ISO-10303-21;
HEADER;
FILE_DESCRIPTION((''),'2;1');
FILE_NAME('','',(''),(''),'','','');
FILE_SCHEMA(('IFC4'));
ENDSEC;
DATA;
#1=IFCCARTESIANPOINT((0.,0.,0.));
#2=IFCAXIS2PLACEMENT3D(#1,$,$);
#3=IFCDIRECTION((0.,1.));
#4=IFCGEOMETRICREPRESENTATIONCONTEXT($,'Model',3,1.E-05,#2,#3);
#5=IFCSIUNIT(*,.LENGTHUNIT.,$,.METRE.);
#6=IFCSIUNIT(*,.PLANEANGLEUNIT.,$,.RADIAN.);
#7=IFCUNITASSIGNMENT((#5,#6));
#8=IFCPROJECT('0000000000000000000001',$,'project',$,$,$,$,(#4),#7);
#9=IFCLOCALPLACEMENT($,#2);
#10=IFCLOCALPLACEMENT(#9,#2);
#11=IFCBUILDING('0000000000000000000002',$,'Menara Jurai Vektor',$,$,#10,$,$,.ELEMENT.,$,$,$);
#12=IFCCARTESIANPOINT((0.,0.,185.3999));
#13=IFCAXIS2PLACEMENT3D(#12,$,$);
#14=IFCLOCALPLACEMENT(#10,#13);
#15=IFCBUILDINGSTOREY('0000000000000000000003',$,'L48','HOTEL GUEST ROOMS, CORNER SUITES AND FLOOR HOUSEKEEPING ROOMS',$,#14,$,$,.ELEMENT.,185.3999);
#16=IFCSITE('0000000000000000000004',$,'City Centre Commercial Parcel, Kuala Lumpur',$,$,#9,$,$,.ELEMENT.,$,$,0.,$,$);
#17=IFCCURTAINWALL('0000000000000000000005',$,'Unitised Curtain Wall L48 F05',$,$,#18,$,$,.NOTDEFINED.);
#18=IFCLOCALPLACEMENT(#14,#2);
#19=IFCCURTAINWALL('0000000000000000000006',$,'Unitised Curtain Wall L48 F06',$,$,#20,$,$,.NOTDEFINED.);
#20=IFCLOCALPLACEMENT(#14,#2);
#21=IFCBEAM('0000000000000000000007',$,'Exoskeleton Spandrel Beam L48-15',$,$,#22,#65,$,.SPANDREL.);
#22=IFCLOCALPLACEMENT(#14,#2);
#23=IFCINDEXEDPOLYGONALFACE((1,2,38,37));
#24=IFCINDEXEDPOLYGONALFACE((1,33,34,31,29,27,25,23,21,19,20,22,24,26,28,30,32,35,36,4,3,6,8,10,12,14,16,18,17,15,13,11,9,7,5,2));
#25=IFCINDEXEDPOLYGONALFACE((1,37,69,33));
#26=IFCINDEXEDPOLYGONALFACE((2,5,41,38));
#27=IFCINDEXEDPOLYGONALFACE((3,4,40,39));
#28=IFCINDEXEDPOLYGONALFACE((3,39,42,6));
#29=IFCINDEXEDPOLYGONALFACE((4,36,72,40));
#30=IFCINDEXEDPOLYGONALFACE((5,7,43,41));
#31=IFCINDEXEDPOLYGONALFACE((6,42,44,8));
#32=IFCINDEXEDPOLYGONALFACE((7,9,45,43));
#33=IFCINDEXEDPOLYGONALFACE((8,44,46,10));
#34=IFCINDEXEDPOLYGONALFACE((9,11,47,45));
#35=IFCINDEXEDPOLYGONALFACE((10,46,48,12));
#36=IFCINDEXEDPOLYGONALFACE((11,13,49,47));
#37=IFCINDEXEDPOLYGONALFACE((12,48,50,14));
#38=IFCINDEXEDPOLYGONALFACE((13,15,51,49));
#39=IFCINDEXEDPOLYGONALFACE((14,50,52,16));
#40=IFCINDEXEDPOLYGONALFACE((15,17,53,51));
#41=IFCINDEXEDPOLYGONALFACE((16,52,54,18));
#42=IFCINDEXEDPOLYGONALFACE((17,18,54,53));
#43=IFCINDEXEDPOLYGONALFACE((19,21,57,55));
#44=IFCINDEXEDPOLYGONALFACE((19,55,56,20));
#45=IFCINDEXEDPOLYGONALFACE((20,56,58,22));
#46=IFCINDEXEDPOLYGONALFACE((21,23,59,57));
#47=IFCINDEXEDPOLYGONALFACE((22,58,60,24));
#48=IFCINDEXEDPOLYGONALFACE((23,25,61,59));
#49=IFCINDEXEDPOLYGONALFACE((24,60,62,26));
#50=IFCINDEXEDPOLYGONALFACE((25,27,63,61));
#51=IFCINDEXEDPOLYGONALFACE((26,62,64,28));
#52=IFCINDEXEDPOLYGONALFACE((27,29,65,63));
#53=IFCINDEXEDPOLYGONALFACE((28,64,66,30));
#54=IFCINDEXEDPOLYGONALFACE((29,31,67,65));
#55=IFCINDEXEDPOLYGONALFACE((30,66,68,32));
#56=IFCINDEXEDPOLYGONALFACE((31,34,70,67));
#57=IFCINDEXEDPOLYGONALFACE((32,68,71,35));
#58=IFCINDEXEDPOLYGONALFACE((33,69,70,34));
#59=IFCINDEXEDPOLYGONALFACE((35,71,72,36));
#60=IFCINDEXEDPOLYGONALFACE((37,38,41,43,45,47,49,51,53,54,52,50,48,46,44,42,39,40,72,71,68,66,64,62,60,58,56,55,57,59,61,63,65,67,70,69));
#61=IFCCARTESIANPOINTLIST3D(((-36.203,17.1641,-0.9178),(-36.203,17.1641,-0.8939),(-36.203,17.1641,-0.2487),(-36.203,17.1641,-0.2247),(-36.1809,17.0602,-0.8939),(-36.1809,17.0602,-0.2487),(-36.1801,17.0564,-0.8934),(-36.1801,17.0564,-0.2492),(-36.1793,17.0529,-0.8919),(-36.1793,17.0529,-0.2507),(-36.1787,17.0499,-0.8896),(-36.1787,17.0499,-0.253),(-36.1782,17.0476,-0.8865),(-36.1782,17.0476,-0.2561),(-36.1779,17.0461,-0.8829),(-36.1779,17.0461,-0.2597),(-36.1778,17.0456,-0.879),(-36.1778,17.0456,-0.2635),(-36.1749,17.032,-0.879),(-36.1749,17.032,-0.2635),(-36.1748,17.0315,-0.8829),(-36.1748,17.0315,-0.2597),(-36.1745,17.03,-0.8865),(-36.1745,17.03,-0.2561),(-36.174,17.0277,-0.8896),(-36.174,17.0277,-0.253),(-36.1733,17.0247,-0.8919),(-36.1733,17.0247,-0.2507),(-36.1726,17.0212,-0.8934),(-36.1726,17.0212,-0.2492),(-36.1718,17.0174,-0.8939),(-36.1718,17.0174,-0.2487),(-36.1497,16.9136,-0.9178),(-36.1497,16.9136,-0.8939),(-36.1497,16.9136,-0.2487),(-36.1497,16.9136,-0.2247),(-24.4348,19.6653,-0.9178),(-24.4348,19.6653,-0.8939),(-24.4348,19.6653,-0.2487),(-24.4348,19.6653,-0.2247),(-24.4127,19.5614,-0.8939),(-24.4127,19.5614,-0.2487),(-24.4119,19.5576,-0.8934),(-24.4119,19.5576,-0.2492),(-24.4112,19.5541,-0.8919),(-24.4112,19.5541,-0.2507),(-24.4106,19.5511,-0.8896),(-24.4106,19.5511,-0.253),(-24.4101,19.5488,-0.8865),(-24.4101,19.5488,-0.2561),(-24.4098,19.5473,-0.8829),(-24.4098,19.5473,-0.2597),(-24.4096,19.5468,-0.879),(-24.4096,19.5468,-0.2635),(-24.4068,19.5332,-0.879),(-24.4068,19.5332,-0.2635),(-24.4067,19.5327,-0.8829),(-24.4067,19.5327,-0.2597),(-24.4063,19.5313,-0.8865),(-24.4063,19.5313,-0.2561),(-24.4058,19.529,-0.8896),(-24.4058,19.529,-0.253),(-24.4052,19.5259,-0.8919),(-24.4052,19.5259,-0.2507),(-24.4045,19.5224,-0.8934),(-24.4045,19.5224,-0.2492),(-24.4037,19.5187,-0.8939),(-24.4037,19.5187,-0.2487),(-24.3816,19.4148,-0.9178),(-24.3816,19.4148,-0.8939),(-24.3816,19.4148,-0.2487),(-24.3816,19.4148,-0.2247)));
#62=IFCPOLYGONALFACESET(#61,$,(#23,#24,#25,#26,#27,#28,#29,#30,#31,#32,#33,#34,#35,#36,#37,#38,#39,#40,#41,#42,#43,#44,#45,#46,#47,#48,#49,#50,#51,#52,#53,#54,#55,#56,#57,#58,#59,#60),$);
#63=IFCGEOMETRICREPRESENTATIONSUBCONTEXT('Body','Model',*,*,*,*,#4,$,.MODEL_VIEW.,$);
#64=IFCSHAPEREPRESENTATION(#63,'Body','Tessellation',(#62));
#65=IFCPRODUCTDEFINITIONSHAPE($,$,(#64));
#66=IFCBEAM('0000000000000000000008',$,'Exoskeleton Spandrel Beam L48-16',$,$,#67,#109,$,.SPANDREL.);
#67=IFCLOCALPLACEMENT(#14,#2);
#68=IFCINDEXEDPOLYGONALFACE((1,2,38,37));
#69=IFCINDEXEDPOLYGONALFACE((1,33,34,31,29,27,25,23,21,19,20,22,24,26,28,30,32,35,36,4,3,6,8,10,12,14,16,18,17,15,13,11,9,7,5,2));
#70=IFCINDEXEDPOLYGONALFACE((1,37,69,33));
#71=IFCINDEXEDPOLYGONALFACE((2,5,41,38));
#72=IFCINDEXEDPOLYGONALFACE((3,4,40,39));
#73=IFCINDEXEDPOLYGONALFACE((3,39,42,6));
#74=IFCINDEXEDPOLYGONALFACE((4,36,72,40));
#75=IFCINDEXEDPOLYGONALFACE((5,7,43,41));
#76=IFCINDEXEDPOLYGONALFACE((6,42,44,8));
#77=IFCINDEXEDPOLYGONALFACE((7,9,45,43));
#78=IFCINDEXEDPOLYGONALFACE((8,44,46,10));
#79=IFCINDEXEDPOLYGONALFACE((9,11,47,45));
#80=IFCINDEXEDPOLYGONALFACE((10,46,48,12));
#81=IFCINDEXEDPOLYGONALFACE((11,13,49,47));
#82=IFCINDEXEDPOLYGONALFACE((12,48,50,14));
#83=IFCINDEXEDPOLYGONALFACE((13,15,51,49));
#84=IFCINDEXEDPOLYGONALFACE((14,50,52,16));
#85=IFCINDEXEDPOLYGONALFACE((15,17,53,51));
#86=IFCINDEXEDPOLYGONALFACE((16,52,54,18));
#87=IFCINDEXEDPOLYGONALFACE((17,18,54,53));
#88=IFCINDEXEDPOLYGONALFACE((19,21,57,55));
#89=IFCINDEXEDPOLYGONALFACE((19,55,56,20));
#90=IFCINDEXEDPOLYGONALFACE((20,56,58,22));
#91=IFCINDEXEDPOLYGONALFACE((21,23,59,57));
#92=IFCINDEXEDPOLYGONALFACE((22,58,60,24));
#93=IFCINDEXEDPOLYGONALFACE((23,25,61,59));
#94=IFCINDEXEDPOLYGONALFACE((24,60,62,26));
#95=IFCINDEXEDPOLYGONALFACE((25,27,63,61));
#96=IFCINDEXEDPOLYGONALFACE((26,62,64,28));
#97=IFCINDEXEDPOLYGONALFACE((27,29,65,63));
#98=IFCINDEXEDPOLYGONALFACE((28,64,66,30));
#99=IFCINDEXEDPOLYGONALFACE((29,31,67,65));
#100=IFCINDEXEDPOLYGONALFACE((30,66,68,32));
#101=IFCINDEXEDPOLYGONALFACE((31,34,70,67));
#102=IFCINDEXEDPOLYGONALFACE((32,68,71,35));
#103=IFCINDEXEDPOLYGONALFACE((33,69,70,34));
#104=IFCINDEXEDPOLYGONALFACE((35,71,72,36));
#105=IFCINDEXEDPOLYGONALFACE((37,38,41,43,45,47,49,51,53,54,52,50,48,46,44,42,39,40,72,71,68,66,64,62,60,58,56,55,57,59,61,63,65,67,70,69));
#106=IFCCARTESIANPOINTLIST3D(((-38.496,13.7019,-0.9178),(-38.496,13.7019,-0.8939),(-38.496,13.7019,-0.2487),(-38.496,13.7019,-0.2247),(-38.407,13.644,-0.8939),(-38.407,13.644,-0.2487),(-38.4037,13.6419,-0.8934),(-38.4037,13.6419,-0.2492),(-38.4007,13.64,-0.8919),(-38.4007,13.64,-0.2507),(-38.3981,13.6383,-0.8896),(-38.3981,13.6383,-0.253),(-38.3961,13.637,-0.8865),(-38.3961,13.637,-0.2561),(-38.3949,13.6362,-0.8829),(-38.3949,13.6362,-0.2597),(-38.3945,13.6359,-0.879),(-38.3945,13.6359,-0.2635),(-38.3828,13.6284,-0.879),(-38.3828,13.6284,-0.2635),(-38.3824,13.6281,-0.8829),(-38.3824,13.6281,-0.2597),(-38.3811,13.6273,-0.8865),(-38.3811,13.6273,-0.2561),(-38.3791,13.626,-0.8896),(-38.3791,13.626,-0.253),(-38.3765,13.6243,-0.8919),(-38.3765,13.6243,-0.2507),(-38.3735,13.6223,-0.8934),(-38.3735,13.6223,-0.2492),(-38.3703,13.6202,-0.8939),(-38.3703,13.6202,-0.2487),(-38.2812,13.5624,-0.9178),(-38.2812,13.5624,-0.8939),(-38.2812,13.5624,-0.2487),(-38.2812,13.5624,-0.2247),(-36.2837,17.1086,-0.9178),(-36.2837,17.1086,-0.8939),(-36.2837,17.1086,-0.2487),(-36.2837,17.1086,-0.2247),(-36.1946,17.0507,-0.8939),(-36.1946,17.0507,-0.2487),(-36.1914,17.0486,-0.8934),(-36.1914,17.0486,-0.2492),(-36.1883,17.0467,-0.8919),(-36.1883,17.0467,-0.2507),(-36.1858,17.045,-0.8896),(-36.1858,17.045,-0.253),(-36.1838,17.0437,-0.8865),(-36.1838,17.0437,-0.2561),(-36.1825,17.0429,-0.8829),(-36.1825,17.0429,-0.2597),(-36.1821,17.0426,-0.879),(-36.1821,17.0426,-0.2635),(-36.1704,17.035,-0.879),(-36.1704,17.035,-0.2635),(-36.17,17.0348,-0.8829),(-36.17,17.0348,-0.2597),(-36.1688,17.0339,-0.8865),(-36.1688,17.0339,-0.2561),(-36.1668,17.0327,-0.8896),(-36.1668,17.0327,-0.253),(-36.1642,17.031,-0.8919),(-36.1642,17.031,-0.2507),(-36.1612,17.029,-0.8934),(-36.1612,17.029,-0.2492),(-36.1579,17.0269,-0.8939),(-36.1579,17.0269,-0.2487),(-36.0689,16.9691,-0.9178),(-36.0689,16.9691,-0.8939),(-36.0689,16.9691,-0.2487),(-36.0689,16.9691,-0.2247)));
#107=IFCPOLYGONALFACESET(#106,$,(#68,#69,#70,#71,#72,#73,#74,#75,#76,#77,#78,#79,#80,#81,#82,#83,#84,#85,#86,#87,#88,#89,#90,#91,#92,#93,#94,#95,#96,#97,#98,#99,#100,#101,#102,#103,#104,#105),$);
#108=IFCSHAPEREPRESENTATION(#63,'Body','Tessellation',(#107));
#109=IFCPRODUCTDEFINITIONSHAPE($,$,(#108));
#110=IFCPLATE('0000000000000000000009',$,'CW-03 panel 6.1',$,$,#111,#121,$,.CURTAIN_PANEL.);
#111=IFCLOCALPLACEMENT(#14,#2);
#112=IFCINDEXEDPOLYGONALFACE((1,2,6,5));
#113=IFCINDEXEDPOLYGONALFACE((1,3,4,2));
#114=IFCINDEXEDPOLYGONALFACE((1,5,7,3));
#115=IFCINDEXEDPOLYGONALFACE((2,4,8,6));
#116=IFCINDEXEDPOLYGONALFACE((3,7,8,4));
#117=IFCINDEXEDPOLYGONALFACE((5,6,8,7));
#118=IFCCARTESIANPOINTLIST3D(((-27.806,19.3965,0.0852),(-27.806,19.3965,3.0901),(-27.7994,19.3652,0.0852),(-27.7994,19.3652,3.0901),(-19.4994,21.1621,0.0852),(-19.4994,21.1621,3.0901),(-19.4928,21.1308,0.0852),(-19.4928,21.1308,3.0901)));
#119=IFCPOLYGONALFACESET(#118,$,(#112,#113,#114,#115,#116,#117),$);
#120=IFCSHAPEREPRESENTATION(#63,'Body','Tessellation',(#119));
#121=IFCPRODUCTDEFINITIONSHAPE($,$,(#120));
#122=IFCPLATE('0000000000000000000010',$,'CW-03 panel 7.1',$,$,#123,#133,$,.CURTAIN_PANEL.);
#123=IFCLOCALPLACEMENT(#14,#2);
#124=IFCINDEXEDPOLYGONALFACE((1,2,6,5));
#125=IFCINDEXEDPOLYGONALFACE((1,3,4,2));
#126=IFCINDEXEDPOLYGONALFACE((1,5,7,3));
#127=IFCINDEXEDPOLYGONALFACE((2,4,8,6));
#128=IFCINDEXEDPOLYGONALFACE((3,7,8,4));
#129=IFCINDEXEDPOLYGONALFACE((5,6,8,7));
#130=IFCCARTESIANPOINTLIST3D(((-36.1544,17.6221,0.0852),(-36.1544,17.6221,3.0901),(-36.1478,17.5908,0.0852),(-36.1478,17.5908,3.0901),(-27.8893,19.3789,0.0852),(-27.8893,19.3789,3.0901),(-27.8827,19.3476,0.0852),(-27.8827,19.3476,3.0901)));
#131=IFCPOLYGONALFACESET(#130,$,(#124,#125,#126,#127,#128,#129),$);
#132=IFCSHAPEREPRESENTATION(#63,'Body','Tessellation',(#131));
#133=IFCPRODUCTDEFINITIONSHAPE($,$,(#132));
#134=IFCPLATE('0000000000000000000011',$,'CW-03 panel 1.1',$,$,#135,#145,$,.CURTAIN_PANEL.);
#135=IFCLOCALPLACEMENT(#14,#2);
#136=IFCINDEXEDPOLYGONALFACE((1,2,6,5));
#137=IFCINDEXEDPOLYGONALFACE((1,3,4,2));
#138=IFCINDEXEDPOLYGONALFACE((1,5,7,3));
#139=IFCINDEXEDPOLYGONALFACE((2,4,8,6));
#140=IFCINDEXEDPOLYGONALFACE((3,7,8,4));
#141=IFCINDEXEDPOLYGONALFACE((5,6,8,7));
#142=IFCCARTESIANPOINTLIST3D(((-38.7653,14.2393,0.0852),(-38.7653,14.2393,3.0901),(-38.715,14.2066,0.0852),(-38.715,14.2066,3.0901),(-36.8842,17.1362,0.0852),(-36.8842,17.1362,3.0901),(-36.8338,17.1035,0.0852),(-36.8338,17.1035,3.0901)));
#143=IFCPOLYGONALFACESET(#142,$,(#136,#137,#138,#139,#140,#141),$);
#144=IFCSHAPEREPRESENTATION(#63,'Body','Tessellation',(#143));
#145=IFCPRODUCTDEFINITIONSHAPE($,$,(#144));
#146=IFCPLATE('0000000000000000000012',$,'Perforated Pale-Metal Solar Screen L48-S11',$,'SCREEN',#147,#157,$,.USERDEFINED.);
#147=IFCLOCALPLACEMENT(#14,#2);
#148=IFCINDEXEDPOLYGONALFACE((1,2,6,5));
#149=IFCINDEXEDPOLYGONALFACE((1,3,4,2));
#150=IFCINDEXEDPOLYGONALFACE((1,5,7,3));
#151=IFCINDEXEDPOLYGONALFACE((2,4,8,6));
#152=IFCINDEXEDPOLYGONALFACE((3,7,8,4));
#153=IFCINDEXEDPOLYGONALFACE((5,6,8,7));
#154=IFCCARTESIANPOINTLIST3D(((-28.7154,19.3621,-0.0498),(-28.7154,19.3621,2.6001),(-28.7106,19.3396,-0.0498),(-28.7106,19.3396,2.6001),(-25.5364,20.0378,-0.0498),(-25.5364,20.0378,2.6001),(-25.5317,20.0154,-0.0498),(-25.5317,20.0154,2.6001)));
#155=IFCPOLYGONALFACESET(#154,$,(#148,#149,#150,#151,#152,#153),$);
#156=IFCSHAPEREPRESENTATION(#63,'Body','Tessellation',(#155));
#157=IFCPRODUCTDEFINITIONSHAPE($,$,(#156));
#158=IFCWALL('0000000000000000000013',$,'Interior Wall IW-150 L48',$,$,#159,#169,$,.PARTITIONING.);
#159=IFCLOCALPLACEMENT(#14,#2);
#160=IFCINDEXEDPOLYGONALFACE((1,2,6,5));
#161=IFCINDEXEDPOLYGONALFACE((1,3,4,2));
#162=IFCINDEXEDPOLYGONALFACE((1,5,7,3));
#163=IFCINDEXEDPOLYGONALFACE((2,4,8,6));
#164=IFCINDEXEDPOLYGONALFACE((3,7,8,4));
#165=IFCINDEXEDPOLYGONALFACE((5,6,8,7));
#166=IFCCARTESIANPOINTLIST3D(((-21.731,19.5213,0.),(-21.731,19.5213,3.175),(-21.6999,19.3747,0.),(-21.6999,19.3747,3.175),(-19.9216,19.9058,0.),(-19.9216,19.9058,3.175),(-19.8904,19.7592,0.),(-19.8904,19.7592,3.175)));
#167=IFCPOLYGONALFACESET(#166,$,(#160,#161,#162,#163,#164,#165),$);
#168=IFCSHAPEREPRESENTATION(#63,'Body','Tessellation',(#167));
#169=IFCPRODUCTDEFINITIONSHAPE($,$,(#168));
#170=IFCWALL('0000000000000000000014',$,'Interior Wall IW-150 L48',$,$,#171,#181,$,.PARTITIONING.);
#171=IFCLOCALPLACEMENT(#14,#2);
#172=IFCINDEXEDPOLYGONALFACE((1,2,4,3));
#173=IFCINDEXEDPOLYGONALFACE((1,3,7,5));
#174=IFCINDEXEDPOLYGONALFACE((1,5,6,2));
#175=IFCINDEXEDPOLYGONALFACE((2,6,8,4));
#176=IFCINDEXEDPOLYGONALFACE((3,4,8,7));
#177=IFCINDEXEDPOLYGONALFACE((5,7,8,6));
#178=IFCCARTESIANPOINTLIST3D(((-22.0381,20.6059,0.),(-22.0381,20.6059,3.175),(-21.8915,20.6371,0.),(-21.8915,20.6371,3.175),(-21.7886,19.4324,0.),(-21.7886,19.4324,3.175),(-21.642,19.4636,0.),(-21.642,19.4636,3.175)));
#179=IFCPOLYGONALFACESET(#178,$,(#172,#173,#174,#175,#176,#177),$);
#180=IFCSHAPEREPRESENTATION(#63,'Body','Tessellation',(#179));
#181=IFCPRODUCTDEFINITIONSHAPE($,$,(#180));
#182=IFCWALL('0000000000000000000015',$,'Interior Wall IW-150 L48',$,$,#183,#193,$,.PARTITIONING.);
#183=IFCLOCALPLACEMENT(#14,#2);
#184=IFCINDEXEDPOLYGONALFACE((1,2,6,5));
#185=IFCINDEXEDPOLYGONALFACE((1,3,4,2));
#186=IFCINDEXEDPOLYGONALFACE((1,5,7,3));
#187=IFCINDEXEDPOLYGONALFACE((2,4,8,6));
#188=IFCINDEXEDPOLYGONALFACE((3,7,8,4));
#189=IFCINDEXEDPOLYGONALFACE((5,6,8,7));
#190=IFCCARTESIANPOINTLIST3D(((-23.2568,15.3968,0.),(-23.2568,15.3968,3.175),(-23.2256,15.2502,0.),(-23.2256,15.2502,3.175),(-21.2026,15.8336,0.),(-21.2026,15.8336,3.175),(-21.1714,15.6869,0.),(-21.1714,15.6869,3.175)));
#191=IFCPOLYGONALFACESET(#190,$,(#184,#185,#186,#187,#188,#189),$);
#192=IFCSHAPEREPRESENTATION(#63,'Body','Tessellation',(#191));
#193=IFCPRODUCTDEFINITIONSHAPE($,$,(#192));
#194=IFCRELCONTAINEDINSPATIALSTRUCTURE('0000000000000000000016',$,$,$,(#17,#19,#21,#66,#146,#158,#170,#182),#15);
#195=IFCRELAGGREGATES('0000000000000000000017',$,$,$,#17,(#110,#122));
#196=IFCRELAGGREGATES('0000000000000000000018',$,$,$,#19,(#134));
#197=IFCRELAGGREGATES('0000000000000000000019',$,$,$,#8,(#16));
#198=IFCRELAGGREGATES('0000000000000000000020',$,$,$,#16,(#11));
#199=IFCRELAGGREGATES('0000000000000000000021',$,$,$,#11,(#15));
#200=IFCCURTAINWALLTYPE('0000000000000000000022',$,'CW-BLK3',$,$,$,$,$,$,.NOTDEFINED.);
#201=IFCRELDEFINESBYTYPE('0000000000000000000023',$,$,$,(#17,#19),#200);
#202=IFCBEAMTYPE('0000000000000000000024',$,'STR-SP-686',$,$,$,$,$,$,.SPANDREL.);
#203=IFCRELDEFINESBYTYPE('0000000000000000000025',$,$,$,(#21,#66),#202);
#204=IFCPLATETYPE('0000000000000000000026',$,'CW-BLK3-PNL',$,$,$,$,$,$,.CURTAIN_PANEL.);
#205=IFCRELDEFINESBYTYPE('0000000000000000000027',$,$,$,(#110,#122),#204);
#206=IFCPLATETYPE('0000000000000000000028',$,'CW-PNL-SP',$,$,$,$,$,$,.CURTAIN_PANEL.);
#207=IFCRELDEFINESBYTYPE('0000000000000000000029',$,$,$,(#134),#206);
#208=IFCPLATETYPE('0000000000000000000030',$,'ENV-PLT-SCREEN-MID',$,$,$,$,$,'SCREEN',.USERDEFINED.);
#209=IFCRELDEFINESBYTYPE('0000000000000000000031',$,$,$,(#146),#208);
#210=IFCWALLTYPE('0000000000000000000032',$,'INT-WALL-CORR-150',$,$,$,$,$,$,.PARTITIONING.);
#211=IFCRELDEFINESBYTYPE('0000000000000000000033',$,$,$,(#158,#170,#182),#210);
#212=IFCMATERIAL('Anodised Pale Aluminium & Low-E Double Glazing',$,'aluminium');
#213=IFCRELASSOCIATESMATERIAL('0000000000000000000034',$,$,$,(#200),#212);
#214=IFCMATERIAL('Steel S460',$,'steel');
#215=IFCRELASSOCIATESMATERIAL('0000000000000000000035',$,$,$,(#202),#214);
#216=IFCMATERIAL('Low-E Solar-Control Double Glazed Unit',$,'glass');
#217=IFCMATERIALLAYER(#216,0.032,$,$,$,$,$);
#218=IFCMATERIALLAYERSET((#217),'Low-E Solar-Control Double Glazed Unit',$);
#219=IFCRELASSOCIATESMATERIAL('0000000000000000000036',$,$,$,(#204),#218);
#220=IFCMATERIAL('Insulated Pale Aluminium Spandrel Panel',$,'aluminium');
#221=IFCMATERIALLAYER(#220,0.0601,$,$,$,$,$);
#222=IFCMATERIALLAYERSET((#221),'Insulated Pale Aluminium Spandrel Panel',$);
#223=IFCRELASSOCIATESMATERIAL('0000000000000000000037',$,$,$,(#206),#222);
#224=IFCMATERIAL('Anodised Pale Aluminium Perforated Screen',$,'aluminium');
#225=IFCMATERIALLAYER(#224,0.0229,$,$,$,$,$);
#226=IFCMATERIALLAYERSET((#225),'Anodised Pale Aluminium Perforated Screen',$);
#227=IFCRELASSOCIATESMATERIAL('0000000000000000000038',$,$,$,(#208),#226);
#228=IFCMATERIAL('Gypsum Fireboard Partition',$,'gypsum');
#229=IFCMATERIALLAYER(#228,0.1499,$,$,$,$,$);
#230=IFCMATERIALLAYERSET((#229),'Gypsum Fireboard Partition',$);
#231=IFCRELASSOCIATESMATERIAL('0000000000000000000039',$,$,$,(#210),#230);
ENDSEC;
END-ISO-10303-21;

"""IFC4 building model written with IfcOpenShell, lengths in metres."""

from ifc_helpers import new_model, si_unit, direction, frame, frame_2d, origin, origin_2d, place, context, subcontext, project, spatial, rectangle, i_section, extrude, material, layer, layer_set, material_profile, profile_set, type_object, element, aggregate, save


model = new_model("IFC4")

# Units and contexts
model_context = context("Model", 3, precision=1e-05, world=origin(), true_north=direction((0.0, 1.0)))
body_context = subcontext(model_context, "Body", "Model", "MODEL_VIEW")
ifc_project = project(units=[si_unit("LENGTHUNIT", "METRE"), si_unit("PLANEANGLEUNIT", "RADIAN")], contexts=[model_context])

# Site, building, storey
site_placement = place(None, origin())
site = spatial("IfcSite", under=ifc_project, at=site_placement, Name="City Centre Commercial Parcel, Kuala Lumpur", CompositionType="ELEMENT", RefElevation=0.0)
building_placement = place(site_placement, origin())
building = spatial("IfcBuilding", under=site, at=building_placement, Name="Menara Jurai Vektor", CompositionType="ELEMENT")
storey_placement = place(building_placement, frame((0.0, 0.0, 185.3999)))
storey = spatial("IfcBuildingStorey", under=building, at=storey_placement, Name="L48", Description="HOTEL GUEST ROOMS, CORNER SUITES AND FLOOR HOUSEKEEPING ROOMS", CompositionType="ELEMENT", Elevation=185.3999)

# Shared definitions
ifc_material_1 = material(Name="Steel S460", Category="steel")

# Curtain walls
ifc_material_2 = material(Name="Anodised Pale Aluminium & Low-E Double Glazing", Category="aluminium")
curtain_wall_type = type_object("IfcCurtainWallType", Name="CW-BLK3", PredefinedType="NOTDEFINED", material=ifc_material_2)
curtain_wall_1_placement = place(storey_placement, origin())
curtain_wall_1 = element("IfcCurtainWall", 1, at=curtain_wall_1_placement, inside=storey, type_object=curtain_wall_type, Name="Unitised Curtain Wall L48 F05", PredefinedType="NOTDEFINED")
curtain_wall_2_placement = place(storey_placement, origin())
curtain_wall_2 = element("IfcCurtainWall", 2, at=curtain_wall_2_placement, inside=storey, type_object=curtain_wall_type, Name="Unitised Curtain Wall L48 F06", PredefinedType="NOTDEFINED")

# Beams
ifc_material_profile_1 = material_profile(ifc_material_1, i_section(OverallWidth=0.2561, OverallDepth=0.6931, WebThickness=0.0139, FlangeThickness=0.0239, FilletRadius=0.0149, at=origin_2d()), Name="UKB 686x254x170")
ifc_profile_set_1 = profile_set([ifc_material_profile_1], Name="Steel S460")
beam_type_1 = type_object("IfcBeamType", Name="STR-SP-686", PredefinedType="SPANDREL", material=ifc_profile_set_1)
beam_1_placement = place(storey_placement, frame((-24.4082, 19.54, -0.5713), z_axis=(-0.97815, -0.207899, 0.0), x_axis=(0.207899, -0.97815, 0.0)))
element("IfcBeam", 3, at=beam_1_placement, inside=storey, type_object=beam_type_1, Name="Exoskeleton Spandrel Beam L48-15", PredefinedType="SPANDREL", context=body_context, shape_type="SweptSolid", body=[
    extrude(i_section(OverallWidth=0.2561, OverallDepth=0.6931, WebThickness=0.0139, FlangeThickness=0.0239, FilletRadius=0.0149, at=origin_2d()), origin(), (0.0, 0.0, 1.0), 12.031),
])
beam_2_placement = place(storey_placement, frame((-36.1763, 17.0388, -0.5713), z_axis=(-0.544646, -0.838666, 0.0), x_axis=(0.838666, -0.544646, 0.0)))
element("IfcBeam", 4, at=beam_2_placement, inside=storey, type_object=beam_type_1, Name="Exoskeleton Spandrel Beam L48-16", PredefinedType="SPANDREL", context=body_context, shape_type="SweptSolid", body=[
    extrude(i_section(OverallWidth=0.2561, OverallDepth=0.6931, WebThickness=0.0139, FlangeThickness=0.0239, FilletRadius=0.0149, at=origin_2d()), origin(), (0.0, 0.0, 1.0), 4.062),
])

# Plates
ifc_material_3 = material(Name="Low-E Solar-Control Double Glazed Unit", Category="glass")
ifc_layer_1 = layer(ifc_material_3, 0.032)
ifc_layer_set_1 = layer_set([ifc_layer_1], Name="Low-E Solar-Control Double Glazed Unit")
plate_type_1 = type_object("IfcPlateType", Name="CW-BLK3-PNL", PredefinedType="CURTAIN_PANEL", material=ifc_layer_set_1)
plate_1_placement = place(storey_placement, frame((-23.6494, 20.2637, 0.0852), z_axis=(0.0, 0.0, 1.0), x_axis=(-0.978148, -0.207911, 0.0)))
plate_1 = element("IfcPlate", 5, at=plate_1_placement, type_object=plate_type_1, Name="CW-03 panel 6.1", PredefinedType="CURTAIN_PANEL", context=body_context, shape_type="SweptSolid", body=[
    extrude(rectangle(XDim=8.4922, YDim=0.032, at=origin_2d()), origin(), (0.0, 0.0, 1.0), 3.0049),
])
plate_2_placement = place(storey_placement, frame((-32.0186, 18.4849, 0.0852), z_axis=(0.0, 0.0, 1.0), x_axis=(-0.978148, -0.207911, 0.0)))
plate_2 = element("IfcPlate", 6, at=plate_2_placement, type_object=plate_type_1, Name="CW-03 panel 7.1", PredefinedType="CURTAIN_PANEL", context=body_context, shape_type="SweptSolid", body=[
    extrude(rectangle(XDim=8.4497, YDim=0.032, at=origin_2d()), origin(), (0.0, 0.0, 1.0), 3.0049),
])
aggregate(curtain_wall_1, [plate_1, plate_2])
ifc_material_4 = material(Name="Insulated Pale Aluminium Spandrel Panel", Category="aluminium")
ifc_layer_2 = layer(ifc_material_4, 0.0601)
ifc_layer_set_2 = layer_set([ifc_layer_2], Name="Insulated Pale Aluminium Spandrel Panel")
plate_type_2 = type_object("IfcPlateType", Name="CW-PNL-SP", PredefinedType="CURTAIN_PANEL", material=ifc_layer_set_2)
plate_3_placement = place(storey_placement, frame((-37.7996, 15.6714, 0.0852), z_axis=(0.0, 0.0, 1.0), x_axis=(-0.544618, -0.838684, 0.0)))
plate_3 = element("IfcPlate", 7, at=plate_3_placement, type_object=plate_type_2, Name="CW-03 panel 1.1", PredefinedType="CURTAIN_PANEL", context=body_context, shape_type="SweptSolid", body=[
    extrude(rectangle(XDim=3.4541, YDim=0.0601, at=origin_2d()), origin(), (0.0, 0.0, 1.0), 3.0049),
])
aggregate(curtain_wall_2, [plate_3])
ifc_material_5 = material(Name="Anodised Pale Aluminium Perforated Screen", Category="aluminium")
ifc_layer_3 = layer(ifc_material_5, 0.0229)
ifc_layer_set_3 = layer_set([ifc_layer_3], Name="Anodised Pale Aluminium Perforated Screen")
plate_type_3 = type_object("IfcPlateType", Name="ENV-PLT-SCREEN-MID", ElementType="SCREEN", PredefinedType="USERDEFINED", material=ifc_layer_set_3)
plate_4_placement = place(storey_placement, frame((-27.1235, 19.6887, -0.0498), z_axis=(0.0, 0.0, 1.0), x_axis=(-0.978148, -0.207912, 0.0)))
element("IfcPlate", 8, at=plate_4_placement, inside=storey, type_object=plate_type_3, Name="Perforated Pale-Metal Solar Screen L48-S11", ObjectType="SCREEN", PredefinedType="USERDEFINED", context=body_context, shape_type="SweptSolid", body=[
    extrude(rectangle(XDim=3.25, YDim=0.0229, at=origin_2d()), origin(), (0.0, 0.0, 1.0), 2.6499),
])

# Wall
ifc_material_6 = material(Name="Gypsum Fireboard Partition", Category="gypsum")
ifc_layer_4 = layer(ifc_material_6, 0.1499)
ifc_layer_set_4 = layer_set([ifc_layer_4], Name="Gypsum Fireboard Partition")
wall_type = type_object("IfcWallType", Name="INT-WALL-CORR-150", PredefinedType="PARTITIONING", material=ifc_layer_set_4)
wall_1_placement = place(storey_placement, frame((-21.7153, 19.448, 0.0), z_axis=(0.0, 0.0, 1.0), x_axis=(0.97816, 0.207852, 0.0)))
element("IfcWall", 9, at=wall_1_placement, inside=storey, type_object=wall_type, Name="Interior Wall IW-150 L48", PredefinedType="PARTITIONING", context=body_context, shape_type="SweptSolid", body=[
    extrude(rectangle(XDim=1.8499, YDim=0.1499, at=frame_2d((0.9248, 0.0))), origin(), (0.0, 0.0, 1.0), 3.175),
])

# Walls
wall_2_placement = place(storey_placement, frame((-21.7153, 19.448, 0.0), z_axis=(0.0, 0.0, 1.0), x_axis=(-0.207959, 0.978138, 0.0)))
element("IfcWall", 10, at=wall_2_placement, inside=storey, type_object=wall_type, Name="Interior Wall IW-150 L48", PredefinedType="PARTITIONING", context=body_context, shape_type="SweptSolid", body=[
    extrude(rectangle(XDim=1.1997, YDim=0.1499, at=frame_2d((0.5999, 0.0))), origin(), (0.0, 0.0, 1.0), 3.175),
])
wall_3_placement = place(storey_placement, frame((-23.2412, 15.3235, 0.0), z_axis=(0.0, 0.0, 1.0), x_axis=(0.978135, 0.207973, 0.0)))
element("IfcWall", 11, at=wall_3_placement, inside=storey, type_object=wall_type, Name="Interior Wall IW-150 L48", PredefinedType="PARTITIONING", context=body_context, shape_type="SweptSolid", body=[
    extrude(rectangle(XDim=2.1001, YDim=0.1499, at=frame_2d((1.05, 0.0))), origin(), (0.0, 0.0, 1.0), 3.175),
])

save(model, "model.ifc")
